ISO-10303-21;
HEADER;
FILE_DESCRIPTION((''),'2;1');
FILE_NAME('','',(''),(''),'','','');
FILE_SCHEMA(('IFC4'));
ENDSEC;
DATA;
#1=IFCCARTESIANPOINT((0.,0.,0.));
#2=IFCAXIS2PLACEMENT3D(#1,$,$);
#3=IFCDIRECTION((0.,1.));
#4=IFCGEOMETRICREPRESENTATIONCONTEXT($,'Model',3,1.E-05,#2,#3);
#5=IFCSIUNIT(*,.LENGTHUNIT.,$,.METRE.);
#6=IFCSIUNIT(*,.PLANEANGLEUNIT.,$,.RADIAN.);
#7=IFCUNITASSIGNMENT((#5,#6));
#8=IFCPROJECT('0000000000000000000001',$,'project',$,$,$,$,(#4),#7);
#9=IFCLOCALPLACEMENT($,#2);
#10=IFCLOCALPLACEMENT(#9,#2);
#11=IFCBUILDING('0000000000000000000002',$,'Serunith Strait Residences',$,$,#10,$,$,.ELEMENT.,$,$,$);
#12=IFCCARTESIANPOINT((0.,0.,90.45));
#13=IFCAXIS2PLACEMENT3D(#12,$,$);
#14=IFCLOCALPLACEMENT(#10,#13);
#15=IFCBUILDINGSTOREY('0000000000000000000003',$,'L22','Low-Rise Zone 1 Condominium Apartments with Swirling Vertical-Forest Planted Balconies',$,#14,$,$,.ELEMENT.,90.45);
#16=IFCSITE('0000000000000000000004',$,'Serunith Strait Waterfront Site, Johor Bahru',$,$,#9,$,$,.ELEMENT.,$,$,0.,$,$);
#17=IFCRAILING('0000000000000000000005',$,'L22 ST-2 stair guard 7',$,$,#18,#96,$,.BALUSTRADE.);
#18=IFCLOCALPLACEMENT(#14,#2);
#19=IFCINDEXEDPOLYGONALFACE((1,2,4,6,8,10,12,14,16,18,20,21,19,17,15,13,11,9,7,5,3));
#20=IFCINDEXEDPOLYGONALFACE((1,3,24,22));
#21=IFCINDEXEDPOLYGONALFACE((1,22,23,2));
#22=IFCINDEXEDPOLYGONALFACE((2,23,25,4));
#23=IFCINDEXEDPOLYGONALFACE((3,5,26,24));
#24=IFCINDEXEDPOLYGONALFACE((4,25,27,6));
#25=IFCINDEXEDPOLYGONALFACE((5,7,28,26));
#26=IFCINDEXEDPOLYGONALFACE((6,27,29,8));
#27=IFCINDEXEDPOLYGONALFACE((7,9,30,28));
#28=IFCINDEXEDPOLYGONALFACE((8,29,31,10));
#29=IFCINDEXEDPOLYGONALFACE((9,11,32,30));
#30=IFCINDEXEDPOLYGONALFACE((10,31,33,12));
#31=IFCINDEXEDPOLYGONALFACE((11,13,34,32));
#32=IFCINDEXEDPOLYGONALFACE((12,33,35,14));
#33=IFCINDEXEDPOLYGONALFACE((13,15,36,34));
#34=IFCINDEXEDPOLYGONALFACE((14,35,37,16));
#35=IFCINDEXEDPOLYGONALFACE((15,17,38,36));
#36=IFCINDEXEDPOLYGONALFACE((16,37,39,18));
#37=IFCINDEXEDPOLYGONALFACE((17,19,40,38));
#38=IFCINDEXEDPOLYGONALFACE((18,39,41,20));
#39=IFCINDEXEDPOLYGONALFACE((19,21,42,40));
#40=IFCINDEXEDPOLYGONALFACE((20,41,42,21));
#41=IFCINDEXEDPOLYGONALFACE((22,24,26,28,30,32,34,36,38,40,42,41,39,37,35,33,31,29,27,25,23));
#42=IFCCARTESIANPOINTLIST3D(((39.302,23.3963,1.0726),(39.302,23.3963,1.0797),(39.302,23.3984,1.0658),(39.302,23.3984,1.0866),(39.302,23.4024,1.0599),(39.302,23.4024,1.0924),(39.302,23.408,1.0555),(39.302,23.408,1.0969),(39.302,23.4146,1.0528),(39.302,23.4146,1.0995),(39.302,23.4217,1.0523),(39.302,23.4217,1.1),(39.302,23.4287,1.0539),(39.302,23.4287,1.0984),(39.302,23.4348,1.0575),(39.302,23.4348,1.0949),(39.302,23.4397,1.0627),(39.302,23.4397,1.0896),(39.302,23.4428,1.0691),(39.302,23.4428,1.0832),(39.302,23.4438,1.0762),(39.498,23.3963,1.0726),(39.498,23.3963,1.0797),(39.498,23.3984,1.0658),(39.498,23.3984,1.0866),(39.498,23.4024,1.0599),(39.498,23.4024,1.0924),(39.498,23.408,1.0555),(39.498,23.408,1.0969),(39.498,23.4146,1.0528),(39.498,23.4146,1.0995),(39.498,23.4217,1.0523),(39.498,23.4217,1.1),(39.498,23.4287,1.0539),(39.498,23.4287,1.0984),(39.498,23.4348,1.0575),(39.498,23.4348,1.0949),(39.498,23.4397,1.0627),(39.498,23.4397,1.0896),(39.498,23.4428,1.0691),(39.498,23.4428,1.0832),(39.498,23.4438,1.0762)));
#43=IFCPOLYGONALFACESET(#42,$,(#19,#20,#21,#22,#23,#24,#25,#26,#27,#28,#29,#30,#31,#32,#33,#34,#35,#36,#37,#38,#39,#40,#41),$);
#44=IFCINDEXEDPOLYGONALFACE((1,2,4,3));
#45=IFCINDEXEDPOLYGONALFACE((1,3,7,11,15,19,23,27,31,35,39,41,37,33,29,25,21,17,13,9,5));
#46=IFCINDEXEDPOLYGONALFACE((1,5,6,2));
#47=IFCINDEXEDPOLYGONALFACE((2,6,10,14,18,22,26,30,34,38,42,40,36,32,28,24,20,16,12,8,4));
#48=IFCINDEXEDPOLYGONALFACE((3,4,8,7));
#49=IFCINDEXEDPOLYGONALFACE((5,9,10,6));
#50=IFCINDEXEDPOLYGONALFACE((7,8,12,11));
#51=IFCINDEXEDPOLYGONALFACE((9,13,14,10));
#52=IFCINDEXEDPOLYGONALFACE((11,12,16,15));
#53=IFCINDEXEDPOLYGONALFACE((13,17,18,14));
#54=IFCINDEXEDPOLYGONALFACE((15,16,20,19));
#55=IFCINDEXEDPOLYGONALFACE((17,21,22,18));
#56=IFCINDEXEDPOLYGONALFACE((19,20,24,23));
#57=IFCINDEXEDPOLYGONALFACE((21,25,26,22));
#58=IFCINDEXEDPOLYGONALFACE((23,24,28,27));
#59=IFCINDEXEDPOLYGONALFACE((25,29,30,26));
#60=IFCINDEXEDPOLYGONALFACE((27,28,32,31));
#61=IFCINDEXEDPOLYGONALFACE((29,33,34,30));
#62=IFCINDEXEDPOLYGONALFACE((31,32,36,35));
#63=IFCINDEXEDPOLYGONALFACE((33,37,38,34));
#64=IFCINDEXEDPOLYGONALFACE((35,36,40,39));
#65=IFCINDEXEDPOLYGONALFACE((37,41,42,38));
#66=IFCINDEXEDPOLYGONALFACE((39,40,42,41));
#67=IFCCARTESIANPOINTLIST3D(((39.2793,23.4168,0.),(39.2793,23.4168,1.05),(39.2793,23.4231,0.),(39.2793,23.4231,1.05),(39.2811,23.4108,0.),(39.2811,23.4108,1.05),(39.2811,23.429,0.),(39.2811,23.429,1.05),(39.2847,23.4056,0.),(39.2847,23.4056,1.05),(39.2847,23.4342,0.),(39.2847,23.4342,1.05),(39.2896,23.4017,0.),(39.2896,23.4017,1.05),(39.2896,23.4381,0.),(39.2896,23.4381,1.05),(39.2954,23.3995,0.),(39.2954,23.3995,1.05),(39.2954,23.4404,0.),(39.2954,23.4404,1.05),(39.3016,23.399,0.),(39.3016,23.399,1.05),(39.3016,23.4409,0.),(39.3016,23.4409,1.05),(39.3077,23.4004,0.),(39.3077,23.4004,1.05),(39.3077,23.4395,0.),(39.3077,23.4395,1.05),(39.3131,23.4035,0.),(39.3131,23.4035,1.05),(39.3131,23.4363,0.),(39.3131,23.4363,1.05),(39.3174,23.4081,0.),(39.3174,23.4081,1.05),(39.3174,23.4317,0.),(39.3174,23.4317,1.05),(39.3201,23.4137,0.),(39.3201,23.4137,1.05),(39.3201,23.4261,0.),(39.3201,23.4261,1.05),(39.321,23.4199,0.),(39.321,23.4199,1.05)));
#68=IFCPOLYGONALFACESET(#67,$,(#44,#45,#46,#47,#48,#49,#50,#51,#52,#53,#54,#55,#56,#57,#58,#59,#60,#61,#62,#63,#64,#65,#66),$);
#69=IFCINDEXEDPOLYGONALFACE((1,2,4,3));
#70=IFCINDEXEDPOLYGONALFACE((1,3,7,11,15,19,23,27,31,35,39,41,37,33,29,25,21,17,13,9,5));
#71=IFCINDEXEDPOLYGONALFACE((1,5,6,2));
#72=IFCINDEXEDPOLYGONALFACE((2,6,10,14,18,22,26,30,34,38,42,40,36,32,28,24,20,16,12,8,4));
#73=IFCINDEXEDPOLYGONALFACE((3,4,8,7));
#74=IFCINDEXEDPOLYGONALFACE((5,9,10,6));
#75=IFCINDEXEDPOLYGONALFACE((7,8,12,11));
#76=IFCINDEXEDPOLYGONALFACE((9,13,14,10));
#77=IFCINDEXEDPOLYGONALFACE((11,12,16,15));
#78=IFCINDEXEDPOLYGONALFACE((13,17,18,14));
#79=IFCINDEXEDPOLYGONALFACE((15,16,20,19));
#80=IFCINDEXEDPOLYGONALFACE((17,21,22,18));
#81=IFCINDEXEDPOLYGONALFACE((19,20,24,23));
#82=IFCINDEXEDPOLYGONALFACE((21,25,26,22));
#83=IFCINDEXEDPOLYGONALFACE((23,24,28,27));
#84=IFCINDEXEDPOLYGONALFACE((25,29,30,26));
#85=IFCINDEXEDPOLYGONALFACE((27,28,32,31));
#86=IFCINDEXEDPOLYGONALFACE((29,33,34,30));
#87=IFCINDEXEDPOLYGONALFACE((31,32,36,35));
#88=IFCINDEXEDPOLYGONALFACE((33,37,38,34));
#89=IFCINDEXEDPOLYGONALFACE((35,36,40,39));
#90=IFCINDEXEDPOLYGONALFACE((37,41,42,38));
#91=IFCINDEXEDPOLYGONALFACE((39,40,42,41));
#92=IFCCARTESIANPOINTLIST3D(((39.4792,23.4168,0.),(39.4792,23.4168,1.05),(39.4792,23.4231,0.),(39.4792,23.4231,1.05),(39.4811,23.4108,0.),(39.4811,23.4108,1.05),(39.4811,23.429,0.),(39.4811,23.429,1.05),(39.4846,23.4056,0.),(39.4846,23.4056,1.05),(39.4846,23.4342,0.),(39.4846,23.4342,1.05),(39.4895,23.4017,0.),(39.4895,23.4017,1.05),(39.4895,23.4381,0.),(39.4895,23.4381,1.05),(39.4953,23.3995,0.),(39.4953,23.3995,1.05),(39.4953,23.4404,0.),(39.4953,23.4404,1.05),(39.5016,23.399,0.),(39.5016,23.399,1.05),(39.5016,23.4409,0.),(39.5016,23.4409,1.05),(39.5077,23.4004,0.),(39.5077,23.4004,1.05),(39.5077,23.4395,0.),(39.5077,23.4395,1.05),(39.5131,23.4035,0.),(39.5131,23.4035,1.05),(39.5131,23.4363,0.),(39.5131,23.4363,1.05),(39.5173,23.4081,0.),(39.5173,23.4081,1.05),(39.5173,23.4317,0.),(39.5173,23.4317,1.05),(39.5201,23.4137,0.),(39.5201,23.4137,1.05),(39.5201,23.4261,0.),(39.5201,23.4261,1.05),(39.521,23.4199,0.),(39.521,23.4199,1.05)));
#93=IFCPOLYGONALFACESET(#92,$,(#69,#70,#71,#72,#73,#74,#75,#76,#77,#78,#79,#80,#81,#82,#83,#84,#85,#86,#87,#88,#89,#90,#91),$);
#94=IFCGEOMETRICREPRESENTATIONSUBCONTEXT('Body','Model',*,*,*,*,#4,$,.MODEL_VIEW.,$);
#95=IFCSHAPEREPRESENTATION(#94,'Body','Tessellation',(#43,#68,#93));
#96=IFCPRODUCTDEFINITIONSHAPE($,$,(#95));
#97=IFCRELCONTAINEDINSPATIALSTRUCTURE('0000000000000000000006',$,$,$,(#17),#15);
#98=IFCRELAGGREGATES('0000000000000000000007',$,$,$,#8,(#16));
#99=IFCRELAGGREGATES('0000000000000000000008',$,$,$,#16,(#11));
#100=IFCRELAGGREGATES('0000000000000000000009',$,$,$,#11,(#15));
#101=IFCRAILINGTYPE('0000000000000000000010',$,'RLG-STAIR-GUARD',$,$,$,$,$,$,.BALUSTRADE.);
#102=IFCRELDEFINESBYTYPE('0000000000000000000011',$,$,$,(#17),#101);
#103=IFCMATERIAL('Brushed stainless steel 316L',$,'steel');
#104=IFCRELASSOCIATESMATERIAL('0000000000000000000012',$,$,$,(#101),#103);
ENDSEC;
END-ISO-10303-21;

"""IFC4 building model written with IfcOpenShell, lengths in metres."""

from ifc_helpers import new_model, si_unit, direction, frame, origin, origin_2d, place, context, subcontext, project, spatial, circle, extrude, material, type_object, element, save


model = new_model("IFC4")

# Units and contexts
model_context = context("Model", 3, precision=1e-05, world=origin(), true_north=direction((0.0, 1.0)))
body_context = subcontext(model_context, "Body", "Model", "MODEL_VIEW")
ifc_project = project(units=[si_unit("LENGTHUNIT", "METRE"), si_unit("PLANEANGLEUNIT", "RADIAN")], contexts=[model_context])

# Site, building, storey
site_placement = place(None, origin())
site = spatial("IfcSite", under=ifc_project, at=site_placement, Name="Serunith Strait Waterfront Site, Johor Bahru", CompositionType="ELEMENT", RefElevation=0.0)
building_placement = place(site_placement, origin())
building = spatial("IfcBuilding", under=site, at=building_placement, Name="Serunith Strait Residences", CompositionType="ELEMENT")
storey_placement = place(building_placement, frame((0.0, 0.0, 90.45)))
storey = spatial("IfcBuildingStorey", under=building, at=storey_placement, Name="L22", Description="Low-Rise Zone 1 Condominium Apartments with Swirling Vertical-Forest Planted Balconies", CompositionType="ELEMENT", Elevation=90.45)

# Railing
ifc_material_1 = material(Name="Brushed stainless steel 316L", Category="steel")
railing_type_1 = type_object("IfcRailingType", Name="RLG-STAIR-GUARD", PredefinedType="BALUSTRADE", material=ifc_material_1)
railing_1_placement = place(storey_placement, frame((39.3, 23.4199, 0.0)))
element("IfcRailing", 1, at=railing_1_placement, inside=storey, type_object=railing_type_1, Name="L22 ST-2 stair guard 7", PredefinedType="BALUSTRADE", context=body_context, shape_type="SweptSolid", body=[
    extrude(circle(Radius=0.0239, at=origin_2d()), frame((0.002, 0.0, 1.0762), z_axis=(1.0, 0.0, 0.0), x_axis=(0.0, 1.0, 0.0)), (0.0, 0.0, 1.0), 0.196),
    extrude(circle(Radius=0.021, at=origin_2d()), origin(), (0.0, 0.0, 1.0), 1.05),
    extrude(circle(Radius=0.021, at=origin_2d()), frame((0.2, 0.0, 0.0)), (0.0, 0.0, 1.0), 1.05),
])

save(model, "model.ifc")
